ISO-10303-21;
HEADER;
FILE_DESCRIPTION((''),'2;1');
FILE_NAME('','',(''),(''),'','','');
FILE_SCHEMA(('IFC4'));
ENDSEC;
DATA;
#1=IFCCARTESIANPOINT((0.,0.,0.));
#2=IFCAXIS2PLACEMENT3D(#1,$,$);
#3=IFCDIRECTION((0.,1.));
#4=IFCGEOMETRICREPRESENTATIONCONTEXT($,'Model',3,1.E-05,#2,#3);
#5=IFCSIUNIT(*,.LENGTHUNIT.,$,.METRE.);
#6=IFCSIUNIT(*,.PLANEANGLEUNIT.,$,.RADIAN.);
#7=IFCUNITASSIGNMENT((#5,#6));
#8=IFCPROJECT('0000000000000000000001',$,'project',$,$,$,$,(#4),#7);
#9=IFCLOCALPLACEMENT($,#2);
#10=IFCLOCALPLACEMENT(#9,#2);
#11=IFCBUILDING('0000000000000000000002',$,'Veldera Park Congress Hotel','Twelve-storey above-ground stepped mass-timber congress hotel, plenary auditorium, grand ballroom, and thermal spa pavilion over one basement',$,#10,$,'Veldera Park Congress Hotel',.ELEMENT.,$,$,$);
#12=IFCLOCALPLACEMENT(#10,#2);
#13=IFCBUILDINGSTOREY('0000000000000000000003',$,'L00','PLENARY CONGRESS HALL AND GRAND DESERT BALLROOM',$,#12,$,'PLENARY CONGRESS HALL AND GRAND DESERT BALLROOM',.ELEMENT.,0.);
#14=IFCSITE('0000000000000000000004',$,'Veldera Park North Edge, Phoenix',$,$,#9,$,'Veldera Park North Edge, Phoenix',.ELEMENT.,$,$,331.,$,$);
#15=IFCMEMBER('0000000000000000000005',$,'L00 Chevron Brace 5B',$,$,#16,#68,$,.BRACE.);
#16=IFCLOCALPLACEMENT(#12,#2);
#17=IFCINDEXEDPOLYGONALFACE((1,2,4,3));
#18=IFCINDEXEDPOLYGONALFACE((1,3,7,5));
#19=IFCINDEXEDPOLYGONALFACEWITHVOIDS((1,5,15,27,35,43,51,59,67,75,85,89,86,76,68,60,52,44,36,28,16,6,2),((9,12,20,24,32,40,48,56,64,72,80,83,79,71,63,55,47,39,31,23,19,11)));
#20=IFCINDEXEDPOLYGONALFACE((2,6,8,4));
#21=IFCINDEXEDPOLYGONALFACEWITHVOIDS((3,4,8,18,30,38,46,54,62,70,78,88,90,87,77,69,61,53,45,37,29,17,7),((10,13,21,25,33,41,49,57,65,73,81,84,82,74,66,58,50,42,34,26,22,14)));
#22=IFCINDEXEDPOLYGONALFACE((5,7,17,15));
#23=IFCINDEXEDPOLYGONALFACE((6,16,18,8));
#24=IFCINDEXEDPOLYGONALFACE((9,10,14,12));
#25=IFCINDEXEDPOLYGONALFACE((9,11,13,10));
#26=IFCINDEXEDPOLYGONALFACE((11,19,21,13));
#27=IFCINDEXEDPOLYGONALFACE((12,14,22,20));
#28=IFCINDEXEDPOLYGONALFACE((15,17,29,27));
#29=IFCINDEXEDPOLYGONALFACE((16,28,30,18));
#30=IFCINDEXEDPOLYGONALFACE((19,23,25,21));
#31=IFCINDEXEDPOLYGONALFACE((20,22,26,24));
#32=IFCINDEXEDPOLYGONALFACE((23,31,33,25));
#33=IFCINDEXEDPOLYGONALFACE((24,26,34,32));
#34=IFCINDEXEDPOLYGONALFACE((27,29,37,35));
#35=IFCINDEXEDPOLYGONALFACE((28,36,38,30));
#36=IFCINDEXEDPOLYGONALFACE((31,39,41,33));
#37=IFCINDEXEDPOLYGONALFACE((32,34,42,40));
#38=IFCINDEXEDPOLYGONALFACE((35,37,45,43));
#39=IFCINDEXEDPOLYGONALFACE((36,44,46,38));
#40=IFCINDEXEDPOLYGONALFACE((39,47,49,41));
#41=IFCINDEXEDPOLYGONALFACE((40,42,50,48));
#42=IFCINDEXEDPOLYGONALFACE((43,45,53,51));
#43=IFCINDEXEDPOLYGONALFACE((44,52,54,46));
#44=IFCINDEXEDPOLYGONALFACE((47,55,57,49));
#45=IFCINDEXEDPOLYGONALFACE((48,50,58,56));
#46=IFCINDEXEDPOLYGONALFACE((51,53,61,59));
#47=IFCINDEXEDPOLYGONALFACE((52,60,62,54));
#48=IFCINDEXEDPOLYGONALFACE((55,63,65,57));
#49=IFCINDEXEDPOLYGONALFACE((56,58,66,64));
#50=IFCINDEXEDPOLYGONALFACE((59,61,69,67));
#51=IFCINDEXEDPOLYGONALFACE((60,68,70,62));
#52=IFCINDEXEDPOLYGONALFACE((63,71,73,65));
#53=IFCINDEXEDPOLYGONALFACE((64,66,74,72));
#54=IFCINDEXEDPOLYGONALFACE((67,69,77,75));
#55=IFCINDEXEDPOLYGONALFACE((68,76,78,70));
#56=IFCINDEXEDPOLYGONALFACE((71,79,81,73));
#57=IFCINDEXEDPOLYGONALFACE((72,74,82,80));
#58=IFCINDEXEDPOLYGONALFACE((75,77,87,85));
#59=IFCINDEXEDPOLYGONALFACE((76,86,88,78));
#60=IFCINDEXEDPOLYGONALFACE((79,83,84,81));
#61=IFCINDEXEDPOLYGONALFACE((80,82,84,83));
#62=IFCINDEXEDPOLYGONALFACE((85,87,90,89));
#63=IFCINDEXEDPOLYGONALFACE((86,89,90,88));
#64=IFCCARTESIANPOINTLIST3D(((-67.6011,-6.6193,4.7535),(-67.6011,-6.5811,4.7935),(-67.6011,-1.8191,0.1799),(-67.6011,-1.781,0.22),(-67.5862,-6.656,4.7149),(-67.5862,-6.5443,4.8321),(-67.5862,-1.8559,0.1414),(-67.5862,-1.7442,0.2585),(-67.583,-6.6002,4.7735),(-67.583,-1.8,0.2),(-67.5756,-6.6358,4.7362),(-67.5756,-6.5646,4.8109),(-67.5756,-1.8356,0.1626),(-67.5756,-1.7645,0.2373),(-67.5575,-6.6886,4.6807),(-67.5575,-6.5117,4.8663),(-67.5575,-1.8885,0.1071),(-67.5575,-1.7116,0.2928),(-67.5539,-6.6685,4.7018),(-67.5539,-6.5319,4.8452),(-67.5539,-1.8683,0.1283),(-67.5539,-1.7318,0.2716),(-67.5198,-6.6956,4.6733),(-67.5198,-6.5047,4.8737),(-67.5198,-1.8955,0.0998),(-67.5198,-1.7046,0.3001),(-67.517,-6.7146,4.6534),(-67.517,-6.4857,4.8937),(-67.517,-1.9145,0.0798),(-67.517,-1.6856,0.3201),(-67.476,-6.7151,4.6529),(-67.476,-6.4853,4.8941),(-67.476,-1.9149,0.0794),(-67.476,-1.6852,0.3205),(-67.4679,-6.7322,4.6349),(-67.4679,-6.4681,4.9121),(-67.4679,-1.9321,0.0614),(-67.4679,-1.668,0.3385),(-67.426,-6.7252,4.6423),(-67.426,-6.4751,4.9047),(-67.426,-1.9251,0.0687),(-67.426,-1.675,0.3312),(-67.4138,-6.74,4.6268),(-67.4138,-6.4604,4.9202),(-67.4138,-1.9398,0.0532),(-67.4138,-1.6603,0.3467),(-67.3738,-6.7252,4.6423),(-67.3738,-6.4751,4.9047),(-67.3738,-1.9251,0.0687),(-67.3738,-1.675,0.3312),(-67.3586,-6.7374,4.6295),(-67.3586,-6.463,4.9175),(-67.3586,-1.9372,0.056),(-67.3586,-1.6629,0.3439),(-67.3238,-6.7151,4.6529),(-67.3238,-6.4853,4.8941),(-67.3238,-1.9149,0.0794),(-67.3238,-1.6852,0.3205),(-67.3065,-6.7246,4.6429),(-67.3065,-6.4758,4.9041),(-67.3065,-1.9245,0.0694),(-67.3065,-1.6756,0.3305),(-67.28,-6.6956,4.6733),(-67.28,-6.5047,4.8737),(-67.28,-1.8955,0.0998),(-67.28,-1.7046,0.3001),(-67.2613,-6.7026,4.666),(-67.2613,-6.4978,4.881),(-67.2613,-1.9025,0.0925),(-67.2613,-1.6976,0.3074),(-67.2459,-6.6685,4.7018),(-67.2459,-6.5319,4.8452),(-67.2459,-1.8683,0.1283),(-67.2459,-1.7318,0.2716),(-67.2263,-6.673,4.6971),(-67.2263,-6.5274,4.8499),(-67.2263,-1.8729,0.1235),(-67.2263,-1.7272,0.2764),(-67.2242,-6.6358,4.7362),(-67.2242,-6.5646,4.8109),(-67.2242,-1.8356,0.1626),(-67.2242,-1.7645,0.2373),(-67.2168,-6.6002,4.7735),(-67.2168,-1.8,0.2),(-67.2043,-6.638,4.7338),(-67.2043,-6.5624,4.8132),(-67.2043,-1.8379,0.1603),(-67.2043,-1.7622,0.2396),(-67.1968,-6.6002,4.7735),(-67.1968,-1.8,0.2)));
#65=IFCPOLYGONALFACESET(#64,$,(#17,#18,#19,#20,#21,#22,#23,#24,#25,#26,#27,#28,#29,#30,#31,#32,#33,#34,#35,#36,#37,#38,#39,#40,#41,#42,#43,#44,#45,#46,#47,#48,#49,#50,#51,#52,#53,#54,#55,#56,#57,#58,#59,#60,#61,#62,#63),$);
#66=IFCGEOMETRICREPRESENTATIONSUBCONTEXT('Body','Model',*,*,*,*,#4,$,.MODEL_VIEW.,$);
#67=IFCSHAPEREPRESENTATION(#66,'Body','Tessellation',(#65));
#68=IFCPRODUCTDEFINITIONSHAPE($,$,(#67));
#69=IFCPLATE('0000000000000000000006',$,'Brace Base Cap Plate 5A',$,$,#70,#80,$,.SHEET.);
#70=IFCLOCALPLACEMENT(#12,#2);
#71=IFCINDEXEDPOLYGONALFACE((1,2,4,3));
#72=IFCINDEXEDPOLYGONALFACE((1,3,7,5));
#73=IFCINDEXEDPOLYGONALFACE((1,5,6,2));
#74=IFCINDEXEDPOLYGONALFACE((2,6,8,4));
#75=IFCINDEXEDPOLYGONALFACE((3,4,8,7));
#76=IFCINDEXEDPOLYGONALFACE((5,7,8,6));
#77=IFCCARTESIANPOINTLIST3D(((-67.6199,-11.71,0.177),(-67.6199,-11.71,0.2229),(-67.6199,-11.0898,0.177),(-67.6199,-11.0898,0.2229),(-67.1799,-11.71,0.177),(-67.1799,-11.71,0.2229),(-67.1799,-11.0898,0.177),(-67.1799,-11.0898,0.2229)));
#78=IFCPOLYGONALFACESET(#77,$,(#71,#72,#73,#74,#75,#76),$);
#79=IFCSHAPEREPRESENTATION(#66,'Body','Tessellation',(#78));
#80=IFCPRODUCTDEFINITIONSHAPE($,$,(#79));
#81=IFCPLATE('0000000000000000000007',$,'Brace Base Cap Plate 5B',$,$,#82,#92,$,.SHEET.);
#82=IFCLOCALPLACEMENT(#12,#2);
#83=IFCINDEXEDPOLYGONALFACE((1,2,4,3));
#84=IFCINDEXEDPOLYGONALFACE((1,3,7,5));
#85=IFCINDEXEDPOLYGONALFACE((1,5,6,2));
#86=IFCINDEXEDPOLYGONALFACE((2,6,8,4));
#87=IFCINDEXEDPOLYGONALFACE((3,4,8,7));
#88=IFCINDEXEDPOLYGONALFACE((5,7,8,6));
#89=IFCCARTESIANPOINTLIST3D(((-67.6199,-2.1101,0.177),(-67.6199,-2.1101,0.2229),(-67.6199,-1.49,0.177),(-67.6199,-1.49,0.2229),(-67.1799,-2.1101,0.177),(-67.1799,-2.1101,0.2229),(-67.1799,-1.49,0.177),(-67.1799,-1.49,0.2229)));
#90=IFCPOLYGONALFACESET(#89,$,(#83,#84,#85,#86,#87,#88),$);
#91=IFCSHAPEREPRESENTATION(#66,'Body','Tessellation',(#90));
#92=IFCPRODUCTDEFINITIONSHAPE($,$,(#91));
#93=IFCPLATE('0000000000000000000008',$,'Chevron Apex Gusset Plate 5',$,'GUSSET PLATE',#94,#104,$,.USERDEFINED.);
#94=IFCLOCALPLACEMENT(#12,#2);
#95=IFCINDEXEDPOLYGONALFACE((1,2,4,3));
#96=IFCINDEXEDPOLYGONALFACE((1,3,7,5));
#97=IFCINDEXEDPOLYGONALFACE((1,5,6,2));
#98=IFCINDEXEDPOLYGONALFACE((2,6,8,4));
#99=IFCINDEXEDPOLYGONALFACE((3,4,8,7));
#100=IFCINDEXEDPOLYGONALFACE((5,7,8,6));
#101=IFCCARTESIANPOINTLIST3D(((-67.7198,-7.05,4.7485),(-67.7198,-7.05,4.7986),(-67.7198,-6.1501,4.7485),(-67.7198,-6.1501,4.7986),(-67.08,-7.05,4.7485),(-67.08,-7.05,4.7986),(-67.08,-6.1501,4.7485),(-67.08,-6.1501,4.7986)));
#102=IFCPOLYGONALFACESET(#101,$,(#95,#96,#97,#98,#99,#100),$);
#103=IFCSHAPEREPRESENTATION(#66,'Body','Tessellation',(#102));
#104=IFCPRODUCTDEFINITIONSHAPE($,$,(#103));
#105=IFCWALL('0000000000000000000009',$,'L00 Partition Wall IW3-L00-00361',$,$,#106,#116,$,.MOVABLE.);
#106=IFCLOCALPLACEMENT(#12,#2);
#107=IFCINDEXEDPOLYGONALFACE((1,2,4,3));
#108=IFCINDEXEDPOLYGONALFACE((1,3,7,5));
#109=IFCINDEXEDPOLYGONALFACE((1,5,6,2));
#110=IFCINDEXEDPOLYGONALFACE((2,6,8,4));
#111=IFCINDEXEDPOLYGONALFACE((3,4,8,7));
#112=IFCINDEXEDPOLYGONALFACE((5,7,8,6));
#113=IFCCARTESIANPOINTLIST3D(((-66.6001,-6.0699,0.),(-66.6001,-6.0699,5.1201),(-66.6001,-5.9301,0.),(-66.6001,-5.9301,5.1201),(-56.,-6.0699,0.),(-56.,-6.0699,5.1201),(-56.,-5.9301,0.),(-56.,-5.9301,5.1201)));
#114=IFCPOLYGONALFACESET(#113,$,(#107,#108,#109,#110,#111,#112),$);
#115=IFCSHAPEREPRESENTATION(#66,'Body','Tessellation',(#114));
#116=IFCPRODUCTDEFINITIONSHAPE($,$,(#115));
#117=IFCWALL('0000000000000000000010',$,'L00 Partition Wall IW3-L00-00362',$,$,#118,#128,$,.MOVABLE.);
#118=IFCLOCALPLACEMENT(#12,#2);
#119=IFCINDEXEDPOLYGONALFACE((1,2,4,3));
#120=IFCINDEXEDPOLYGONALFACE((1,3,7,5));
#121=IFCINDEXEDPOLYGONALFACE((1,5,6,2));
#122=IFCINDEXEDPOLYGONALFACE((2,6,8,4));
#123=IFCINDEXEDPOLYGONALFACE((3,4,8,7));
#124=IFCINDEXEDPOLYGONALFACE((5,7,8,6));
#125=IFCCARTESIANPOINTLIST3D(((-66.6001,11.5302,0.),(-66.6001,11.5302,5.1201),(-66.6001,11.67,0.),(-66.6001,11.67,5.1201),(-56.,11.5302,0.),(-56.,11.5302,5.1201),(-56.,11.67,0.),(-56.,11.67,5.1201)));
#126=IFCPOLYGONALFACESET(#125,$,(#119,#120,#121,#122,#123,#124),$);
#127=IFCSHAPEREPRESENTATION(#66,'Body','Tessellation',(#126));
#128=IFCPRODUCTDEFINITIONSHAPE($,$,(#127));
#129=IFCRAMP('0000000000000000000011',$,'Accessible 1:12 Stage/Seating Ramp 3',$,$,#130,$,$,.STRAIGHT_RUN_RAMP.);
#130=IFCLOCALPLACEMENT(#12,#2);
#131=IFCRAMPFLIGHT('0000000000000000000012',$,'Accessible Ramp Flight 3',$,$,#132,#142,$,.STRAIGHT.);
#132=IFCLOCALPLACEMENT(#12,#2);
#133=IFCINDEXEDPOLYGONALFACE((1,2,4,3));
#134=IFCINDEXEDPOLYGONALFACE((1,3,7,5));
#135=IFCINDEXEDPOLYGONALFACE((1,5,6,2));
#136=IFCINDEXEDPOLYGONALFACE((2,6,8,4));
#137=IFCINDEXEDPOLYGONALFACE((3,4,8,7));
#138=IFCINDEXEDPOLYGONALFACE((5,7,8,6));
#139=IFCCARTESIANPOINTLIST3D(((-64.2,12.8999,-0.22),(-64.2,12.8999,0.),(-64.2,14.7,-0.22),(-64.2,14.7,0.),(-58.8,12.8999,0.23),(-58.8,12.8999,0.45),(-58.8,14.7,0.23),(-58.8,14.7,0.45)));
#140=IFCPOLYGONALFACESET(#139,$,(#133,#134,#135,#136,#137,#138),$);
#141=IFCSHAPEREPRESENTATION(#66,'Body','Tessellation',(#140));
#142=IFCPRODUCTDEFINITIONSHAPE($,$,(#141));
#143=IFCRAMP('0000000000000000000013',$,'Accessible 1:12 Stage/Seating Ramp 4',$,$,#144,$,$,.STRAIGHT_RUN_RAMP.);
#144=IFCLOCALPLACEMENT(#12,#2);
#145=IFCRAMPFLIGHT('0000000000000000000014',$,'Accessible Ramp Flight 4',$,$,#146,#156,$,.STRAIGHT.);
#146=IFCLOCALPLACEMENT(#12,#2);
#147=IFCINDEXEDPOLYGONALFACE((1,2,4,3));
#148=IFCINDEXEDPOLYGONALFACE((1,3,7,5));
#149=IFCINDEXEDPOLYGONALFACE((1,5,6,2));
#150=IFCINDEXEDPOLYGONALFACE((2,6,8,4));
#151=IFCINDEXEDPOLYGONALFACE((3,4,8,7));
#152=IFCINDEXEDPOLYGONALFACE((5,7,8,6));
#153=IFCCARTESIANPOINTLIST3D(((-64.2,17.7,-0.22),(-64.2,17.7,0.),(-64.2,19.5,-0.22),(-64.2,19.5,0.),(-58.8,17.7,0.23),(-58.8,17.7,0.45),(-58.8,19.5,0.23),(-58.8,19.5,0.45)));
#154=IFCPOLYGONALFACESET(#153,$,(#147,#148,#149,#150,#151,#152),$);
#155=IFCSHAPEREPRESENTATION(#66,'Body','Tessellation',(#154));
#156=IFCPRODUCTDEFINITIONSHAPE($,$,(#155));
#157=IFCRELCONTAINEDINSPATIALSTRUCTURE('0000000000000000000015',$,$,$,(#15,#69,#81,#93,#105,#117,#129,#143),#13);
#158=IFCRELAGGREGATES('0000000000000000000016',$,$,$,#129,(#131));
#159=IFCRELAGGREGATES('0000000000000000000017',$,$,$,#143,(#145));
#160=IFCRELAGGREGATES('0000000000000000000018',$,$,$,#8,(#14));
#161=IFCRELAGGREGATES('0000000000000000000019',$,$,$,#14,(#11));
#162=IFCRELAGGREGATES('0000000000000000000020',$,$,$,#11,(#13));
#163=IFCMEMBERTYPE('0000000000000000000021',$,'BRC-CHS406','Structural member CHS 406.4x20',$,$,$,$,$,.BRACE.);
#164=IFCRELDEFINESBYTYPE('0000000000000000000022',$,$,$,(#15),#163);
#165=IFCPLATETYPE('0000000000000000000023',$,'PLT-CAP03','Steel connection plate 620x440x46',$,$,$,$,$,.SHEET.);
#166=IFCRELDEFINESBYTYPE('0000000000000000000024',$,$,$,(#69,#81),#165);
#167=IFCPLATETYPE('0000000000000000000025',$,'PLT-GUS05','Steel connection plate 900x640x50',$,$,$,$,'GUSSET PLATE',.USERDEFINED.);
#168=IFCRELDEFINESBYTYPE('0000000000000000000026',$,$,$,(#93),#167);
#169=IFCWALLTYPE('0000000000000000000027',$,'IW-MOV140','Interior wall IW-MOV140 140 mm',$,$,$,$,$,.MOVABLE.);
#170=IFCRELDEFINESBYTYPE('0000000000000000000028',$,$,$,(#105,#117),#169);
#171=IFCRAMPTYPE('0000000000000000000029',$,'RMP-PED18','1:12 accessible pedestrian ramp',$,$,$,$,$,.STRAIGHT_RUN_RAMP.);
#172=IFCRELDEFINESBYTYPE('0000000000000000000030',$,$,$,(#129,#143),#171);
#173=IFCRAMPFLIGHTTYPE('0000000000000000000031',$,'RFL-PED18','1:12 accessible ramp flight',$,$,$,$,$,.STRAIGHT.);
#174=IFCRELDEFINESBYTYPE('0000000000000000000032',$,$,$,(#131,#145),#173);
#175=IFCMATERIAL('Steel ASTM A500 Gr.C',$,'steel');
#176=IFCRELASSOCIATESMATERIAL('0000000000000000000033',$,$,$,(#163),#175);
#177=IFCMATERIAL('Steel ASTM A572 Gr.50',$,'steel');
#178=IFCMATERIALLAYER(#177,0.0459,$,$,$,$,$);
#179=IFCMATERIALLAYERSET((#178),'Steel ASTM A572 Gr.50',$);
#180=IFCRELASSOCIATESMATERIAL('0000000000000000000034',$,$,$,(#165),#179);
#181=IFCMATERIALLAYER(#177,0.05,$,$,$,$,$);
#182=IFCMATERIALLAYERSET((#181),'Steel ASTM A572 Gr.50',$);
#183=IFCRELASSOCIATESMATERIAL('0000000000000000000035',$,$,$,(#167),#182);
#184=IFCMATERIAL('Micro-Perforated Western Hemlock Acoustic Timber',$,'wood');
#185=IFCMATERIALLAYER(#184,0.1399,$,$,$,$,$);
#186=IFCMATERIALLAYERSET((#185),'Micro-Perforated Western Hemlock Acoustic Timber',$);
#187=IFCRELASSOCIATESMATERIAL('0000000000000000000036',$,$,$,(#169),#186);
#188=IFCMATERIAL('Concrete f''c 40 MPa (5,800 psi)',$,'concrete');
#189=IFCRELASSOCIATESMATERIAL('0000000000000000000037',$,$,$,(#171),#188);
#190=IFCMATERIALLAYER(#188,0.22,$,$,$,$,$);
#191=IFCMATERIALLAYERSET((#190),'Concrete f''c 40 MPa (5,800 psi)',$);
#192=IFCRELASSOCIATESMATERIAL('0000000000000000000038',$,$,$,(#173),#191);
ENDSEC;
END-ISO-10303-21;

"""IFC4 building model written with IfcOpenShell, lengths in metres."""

from ifc_helpers import new_model, si_unit, direction, frame, frame_2d, origin, origin_2d, place, context, subcontext, project, spatial, polyline, rectangle, hollow_circle, outline, extrude, material, layer, layer_set, material_profile, profile_set, type_object, element, aggregate, save


model = new_model("IFC4")

# Units and contexts
model_context = context("Model", 3, precision=1e-05, world=origin(), true_north=direction((0.0, 1.0)))
body_context = subcontext(model_context, "Body", "Model", "MODEL_VIEW")
ifc_project = project(units=[si_unit("LENGTHUNIT", "METRE"), si_unit("PLANEANGLEUNIT", "RADIAN")], contexts=[model_context])

# Site, building, storey
site_placement = place(None, origin())
site = spatial("IfcSite", under=ifc_project, at=site_placement, Name="Veldera Park North Edge, Phoenix", LongName="Veldera Park North Edge, Phoenix", CompositionType="ELEMENT", RefElevation=331.0)
building_placement = place(site_placement, origin())
building = spatial("IfcBuilding", under=site, at=building_placement, Name="Veldera Park Congress Hotel", Description="Twelve-storey above-ground stepped mass-timber congress hotel, plenary auditorium, grand ballroom, and thermal spa pavilion over one basement", LongName="Veldera Park Congress Hotel", CompositionType="ELEMENT")
storey_placement = place(building_placement, origin())
storey = spatial("IfcBuildingStorey", under=building, at=storey_placement, Name="L00", Description="PLENARY CONGRESS HALL AND GRAND DESERT BALLROOM", LongName="PLENARY CONGRESS HALL AND GRAND DESERT BALLROOM", CompositionType="ELEMENT", Elevation=0.0)

# Member
ifc_material_1 = material(Name="Steel ASTM A500 Gr.C", Category="steel")
ifc_material_profile_1 = material_profile(ifc_material_1, hollow_circle(Radius=0.2031, WallThickness=0.02, at=origin_2d()), Name="CHS 406.4x20")
ifc_profile_set_1 = profile_set([ifc_material_profile_1], Name="Steel ASTM A500 Gr.C")
member_type = type_object("IfcMemberType", Name="BRC-CHS406", Description="Structural member CHS 406.4x20", PredefinedType="BRACE", material=ifc_profile_set_1)
member_placement = place(storey_placement, frame((-67.3999, -1.8, 0.2), z_axis=(0.0, -0.723986, 0.689814), x_axis=(1.0, 0.0, 0.0)))
element("IfcMember", 1, at=member_placement, inside=storey, type_object=member_type, Name="L00 Chevron Brace 5B", PredefinedType="BRACE", context=body_context, shape_type="SweptSolid", body=[
    extrude(hollow_circle(Radius=0.2031, WallThickness=0.02, at=origin_2d()), origin(), (0.0, 0.0, 1.0), 6.6301),
])

# Plates
ifc_material_2 = material(Name="Steel ASTM A572 Gr.50", Category="steel")
ifc_layer_1 = layer(ifc_material_2, 0.0459)
ifc_layer_set_1 = layer_set([ifc_layer_1], Name="Steel ASTM A572 Gr.50")
plate_type_1 = type_object("IfcPlateType", Name="PLT-CAP03", Description="Steel connection plate 620x440x46", PredefinedType="SHEET", material=ifc_layer_set_1)
for number, where, z_axis, x_axis, name in (
    (2, (-67.3999, -11.3999, 0.177), (0.0, 0.0, 1.0), (0.0, 1.0, 0.0), "Brace Base Cap Plate 5A"),
    (3, (-67.3999, -1.8, 0.177), (0.0, 0.0, 1.0), (0.0, 1.0, 0.0), "Brace Base Cap Plate 5B"),
):
    element("IfcPlate", number, at=place(storey_placement, frame(where, z_axis=z_axis, x_axis=x_axis)), inside=storey, type_object=plate_type_1, Name=name, PredefinedType="SHEET", context=body_context, shape_type="SweptSolid", body=[
        extrude(rectangle(XDim=0.6201, YDim=0.4399, at=origin_2d()), origin(), (0.0, 0.0, 1.0), 0.0459),
    ])
ifc_layer_2 = layer(ifc_material_2, 0.05)
ifc_layer_set_2 = layer_set([ifc_layer_2], Name="Steel ASTM A572 Gr.50")
plate_type_2 = type_object("IfcPlateType", Name="PLT-GUS05", Description="Steel connection plate 900x640x50", ElementType="GUSSET PLATE", PredefinedType="USERDEFINED", material=ifc_layer_set_2)
plate_placement = place(storey_placement, frame((-67.3999, -6.6001, 4.7485), z_axis=(0.0, 0.0, 1.0), x_axis=(0.0, 1.0, 0.0)))
element("IfcPlate", 4, at=plate_placement, inside=storey, type_object=plate_type_2, Name="Chevron Apex Gusset Plate 5", ObjectType="GUSSET PLATE", PredefinedType="USERDEFINED", context=body_context, shape_type="SweptSolid", body=[
    extrude(rectangle(XDim=0.8999, YDim=0.6399, at=origin_2d()), origin(), (0.0, 0.0, 1.0), 0.05),
])

# Walls
ifc_material_3 = material(Name="Micro-Perforated Western Hemlock Acoustic Timber", Category="wood")
ifc_layer_3 = layer(ifc_material_3, 0.1399)
ifc_layer_set_3 = layer_set([ifc_layer_3], Name="Micro-Perforated Western Hemlock Acoustic Timber")
wall_type = type_object("IfcWallType", Name="IW-MOV140", Description="Interior wall IW-MOV140 140 mm", PredefinedType="MOVABLE", material=ifc_layer_set_3)
for number, where, z_axis, x_axis, name in (
    (5, (-66.6001, -6.0, 0.0), (0.0, 0.0, 1.0), (1.0, 0.0, 0.0), "L00 Partition Wall IW3-L00-00361"),
    (6, (-66.6001, 11.6001, 0.0), (0.0, 0.0, 1.0), (1.0, 0.0, 0.0), "L00 Partition Wall IW3-L00-00362"),
):
    element("IfcWall", number, at=place(storey_placement, frame(where, z_axis=z_axis, x_axis=x_axis)), inside=storey, type_object=wall_type, Name=name, PredefinedType="MOVABLE", context=body_context, shape_type="SweptSolid", body=[
        extrude(rectangle(XDim=10.6001, YDim=0.1399, at=frame_2d((5.3, 0.0))), origin(), (0.0, 0.0, 1.0), 5.1201),
    ])

# Ramps, ramp flights
ifc_material_4 = material(Name="Concrete f'c 40 MPa (5,800 psi)", Category="concrete")
ramp_type = type_object("IfcRampType", Name="RMP-PED18", Description="1:12 accessible pedestrian ramp", PredefinedType="STRAIGHT_RUN_RAMP", material=ifc_material_4)
ramp_1_placement = place(storey_placement, origin())
ramp_1 = element("IfcRamp", 7, at=ramp_1_placement, inside=storey, type_object=ramp_type, Name="Accessible 1:12 Stage/Seating Ramp 3", PredefinedType="STRAIGHT_RUN_RAMP")
ifc_layer_4 = layer(ifc_material_4, 0.22)
ifc_layer_set_4 = layer_set([ifc_layer_4], Name="Concrete f'c 40 MPa (5,800 psi)")
ramp_flight_type = type_object("IfcRampFlightType", Name="RFL-PED18", Description="1:12 accessible ramp flight", PredefinedType="STRAIGHT", material=ifc_layer_set_4)
ramp_flight_1_placement = place(storey_placement, frame((-64.2, 13.8, 0.0), z_axis=(0.0, 0.0, 1.0), x_axis=(1.0, 0.0, 0.0)))
ramp_flight_1 = element("IfcRampFlight", 8, at=ramp_flight_1_placement, type_object=ramp_flight_type, Name="Accessible Ramp Flight 3", PredefinedType="STRAIGHT", context=body_context, shape_type="SweptSolid", body=[
    extrude(outline(polyline([(0.0, -0.22), (5.3999, 0.23), (5.3999, 0.45), (0.0, 0.0), (0.0, -0.22)])), frame((0.0, 0.8999, 0.0), z_axis=(0.0, -1.0, 0.0), x_axis=(1.0, 0.0, 0.0)), (0.0, 0.0, 1.0), 1.8),
])
aggregate(ramp_1, [ramp_flight_1])
ramp_2_placement = place(storey_placement, origin())
ramp_2 = element("IfcRamp", 9, at=ramp_2_placement, inside=storey, type_object=ramp_type, Name="Accessible 1:12 Stage/Seating Ramp 4", PredefinedType="STRAIGHT_RUN_RAMP")
ramp_flight_2_placement = place(storey_placement, frame((-64.2, 18.6001, 0.0), z_axis=(0.0, 0.0, 1.0), x_axis=(1.0, 0.0, 0.0)))
ramp_flight_2 = element("IfcRampFlight", 10, at=ramp_flight_2_placement, type_object=ramp_flight_type, Name="Accessible Ramp Flight 4", PredefinedType="STRAIGHT", context=body_context, shape_type="SweptSolid", body=[
    extrude(outline(polyline([(0.0, -0.22), (5.3999, 0.23), (5.3999, 0.45), (0.0, 0.0), (0.0, -0.22)])), frame((0.0, 0.8999, 0.0), z_axis=(0.0, -1.0, 0.0), x_axis=(1.0, 0.0, 0.0)), (0.0, 0.0, 1.0), 1.8),
])
aggregate(ramp_2, [ramp_flight_2])

save(model, "model.ifc")
